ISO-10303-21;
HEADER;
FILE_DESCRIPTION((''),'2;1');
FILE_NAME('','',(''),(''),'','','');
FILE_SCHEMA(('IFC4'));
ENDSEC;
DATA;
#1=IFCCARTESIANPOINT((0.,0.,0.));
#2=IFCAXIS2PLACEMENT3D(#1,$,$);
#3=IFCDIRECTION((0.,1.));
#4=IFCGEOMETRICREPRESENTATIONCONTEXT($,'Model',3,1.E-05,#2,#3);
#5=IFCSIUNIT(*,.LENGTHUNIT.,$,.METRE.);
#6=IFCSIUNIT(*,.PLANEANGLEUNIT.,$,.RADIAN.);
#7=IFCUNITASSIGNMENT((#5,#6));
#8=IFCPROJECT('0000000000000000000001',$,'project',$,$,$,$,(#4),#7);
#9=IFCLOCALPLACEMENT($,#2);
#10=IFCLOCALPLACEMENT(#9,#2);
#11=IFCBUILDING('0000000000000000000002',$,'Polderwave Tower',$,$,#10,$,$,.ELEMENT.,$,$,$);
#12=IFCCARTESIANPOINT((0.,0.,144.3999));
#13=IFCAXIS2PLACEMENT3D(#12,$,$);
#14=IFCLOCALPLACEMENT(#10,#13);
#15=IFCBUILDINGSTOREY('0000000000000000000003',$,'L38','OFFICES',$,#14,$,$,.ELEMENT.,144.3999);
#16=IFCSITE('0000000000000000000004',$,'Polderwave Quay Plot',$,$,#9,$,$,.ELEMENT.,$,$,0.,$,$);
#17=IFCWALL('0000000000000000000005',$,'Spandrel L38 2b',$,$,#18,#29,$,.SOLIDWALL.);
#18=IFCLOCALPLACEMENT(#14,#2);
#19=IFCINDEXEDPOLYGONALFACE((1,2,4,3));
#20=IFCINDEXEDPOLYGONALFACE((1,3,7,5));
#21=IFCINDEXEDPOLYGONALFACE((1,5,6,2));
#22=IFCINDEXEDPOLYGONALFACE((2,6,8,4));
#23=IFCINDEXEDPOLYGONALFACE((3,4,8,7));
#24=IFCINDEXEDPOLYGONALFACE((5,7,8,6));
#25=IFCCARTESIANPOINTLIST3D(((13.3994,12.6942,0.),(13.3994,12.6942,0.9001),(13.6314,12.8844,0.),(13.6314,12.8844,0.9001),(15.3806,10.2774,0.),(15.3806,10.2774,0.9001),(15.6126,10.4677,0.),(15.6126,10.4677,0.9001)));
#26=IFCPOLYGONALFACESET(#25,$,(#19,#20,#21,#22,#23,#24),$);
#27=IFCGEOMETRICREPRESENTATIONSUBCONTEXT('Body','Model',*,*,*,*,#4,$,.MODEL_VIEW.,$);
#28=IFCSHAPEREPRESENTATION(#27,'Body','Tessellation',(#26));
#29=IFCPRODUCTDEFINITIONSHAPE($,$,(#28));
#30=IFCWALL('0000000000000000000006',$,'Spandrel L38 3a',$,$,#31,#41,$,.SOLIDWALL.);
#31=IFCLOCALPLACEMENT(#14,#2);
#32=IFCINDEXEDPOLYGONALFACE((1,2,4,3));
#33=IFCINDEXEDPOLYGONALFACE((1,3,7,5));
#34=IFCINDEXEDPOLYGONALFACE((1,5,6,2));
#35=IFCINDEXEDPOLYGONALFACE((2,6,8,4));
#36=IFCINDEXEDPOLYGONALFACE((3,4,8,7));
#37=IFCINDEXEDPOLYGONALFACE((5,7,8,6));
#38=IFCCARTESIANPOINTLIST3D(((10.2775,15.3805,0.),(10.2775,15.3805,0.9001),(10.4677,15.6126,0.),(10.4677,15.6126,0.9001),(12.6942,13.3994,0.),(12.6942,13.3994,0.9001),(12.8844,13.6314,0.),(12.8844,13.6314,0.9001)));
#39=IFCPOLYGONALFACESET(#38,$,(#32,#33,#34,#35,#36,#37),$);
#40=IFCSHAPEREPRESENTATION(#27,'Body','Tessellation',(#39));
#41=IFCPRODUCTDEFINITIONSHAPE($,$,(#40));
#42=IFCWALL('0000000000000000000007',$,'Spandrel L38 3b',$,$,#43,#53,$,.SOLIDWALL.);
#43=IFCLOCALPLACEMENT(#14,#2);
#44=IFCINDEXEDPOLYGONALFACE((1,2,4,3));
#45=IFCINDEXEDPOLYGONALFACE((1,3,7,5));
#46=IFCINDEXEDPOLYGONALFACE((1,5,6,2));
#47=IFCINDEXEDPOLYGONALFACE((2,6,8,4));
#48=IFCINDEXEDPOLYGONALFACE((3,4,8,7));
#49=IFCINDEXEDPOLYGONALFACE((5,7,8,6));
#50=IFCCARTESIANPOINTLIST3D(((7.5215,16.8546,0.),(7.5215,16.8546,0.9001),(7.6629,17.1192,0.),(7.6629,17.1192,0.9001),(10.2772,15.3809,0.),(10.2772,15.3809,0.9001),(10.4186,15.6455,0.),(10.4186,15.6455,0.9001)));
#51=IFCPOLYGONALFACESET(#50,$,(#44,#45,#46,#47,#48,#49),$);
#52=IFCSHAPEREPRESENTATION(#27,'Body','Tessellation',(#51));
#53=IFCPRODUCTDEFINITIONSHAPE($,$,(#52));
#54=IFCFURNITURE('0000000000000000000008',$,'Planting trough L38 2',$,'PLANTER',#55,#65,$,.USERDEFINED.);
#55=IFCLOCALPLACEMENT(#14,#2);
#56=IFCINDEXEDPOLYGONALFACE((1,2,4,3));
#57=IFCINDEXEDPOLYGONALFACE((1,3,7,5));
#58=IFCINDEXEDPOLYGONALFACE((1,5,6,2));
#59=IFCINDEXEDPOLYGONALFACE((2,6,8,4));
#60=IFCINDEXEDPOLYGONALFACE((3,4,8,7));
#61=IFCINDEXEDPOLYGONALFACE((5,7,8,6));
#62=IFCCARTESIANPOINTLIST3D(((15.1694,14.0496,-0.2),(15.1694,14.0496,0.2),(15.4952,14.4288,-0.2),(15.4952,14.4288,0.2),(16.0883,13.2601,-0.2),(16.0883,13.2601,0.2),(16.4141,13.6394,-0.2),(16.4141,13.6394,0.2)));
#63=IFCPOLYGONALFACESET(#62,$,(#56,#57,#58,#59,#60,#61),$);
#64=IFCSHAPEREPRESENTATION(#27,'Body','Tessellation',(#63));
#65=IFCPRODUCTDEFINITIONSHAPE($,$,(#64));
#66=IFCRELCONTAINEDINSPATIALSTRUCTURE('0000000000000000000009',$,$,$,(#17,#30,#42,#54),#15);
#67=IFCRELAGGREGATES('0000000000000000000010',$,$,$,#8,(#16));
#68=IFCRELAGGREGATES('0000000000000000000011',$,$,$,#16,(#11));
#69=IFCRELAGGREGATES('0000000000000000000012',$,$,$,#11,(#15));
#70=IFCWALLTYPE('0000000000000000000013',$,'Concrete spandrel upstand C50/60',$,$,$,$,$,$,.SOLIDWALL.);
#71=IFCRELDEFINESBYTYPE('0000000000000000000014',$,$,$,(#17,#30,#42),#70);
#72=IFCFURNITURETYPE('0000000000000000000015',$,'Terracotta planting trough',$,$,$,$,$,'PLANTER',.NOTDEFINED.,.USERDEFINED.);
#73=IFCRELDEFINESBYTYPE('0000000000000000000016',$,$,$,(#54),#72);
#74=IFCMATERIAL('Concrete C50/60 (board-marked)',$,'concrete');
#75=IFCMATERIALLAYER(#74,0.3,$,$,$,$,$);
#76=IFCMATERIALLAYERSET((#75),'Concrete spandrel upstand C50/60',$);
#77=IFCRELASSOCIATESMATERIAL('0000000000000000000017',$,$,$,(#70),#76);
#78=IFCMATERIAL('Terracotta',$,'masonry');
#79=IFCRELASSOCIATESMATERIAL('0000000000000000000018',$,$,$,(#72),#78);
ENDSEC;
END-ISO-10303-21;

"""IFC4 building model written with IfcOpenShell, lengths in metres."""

from ifc_helpers import new_model, si_unit, direction, frame, frame_2d, origin, origin_2d, place, context, subcontext, project, spatial, rectangle, extrude, material, layer, layer_set, type_object, element, save


model = new_model("IFC4")

# Units and contexts
model_context = context("Model", 3, precision=1e-05, world=origin(), true_north=direction((0.0, 1.0)))
body_context = subcontext(model_context, "Body", "Model", "MODEL_VIEW")
ifc_project = project(units=[si_unit("LENGTHUNIT", "METRE"), si_unit("PLANEANGLEUNIT", "RADIAN")], contexts=[model_context])

# Site, building, storey
site_placement = place(None, origin())
site = spatial("IfcSite", under=ifc_project, at=site_placement, Name="Polderwave Quay Plot", CompositionType="ELEMENT", RefElevation=0.0)
building_placement = place(site_placement, origin())
building = spatial("IfcBuilding", under=site, at=building_placement, Name="Polderwave Tower", CompositionType="ELEMENT")
storey_placement = place(building_placement, frame((0.0, 0.0, 144.3999)))
storey = spatial("IfcBuildingStorey", under=building, at=storey_placement, Name="L38", Description="OFFICES", CompositionType="ELEMENT", Elevation=144.3999)

# Walls
ifc_material_1 = material(Name="Concrete C50/60 (board-marked)", Category="concrete")
ifc_layer_1 = layer(ifc_material_1, 0.3)
ifc_layer_set_1 = layer_set([ifc_layer_1], Name="Concrete spandrel upstand C50/60")
wall_type = type_object("IfcWallType", Name="Concrete spandrel upstand C50/60", PredefinedType="SOLIDWALL", material=ifc_layer_set_1)
for number, where, z_axis, x_axis, name in (
    (1, (15.4966, 10.3726, 0.0), (0.0, 0.0, 1.0), (-0.633978, 0.773351, 0.0), "Spandrel L38 2b"),
    (2, (12.7893, 13.5154, 0.0), (0.0, 0.0, 1.0), (-0.773351, 0.633978, 0.0), "Spandrel L38 3a"),
    (3, (10.3479, 15.5132, 0.0), (0.0, 0.0, 1.0), (-0.881825, 0.471577, 0.0), "Spandrel L38 3b"),
):
    element("IfcWall", number, at=place(storey_placement, frame(where, z_axis=z_axis, x_axis=x_axis)), inside=storey, type_object=wall_type, Name=name, PredefinedType="SOLIDWALL", context=body_context, shape_type="SweptSolid", body=[
        extrude(rectangle(XDim=3.125, YDim=0.3, at=frame_2d((1.5625, 0.0))), origin(), (0.0, 0.0, 1.0), 0.9001),
    ])

# Furniture
ifc_material_2 = material(Name="Terracotta", Category="masonry")
furniture_type = type_object("IfcFurnitureType", Name="Terracotta planting trough", ElementType="PLANTER", AssemblyPlace="NOTDEFINED", PredefinedType="USERDEFINED", material=ifc_material_2)
furniture_placement = place(storey_placement, frame((15.7917, 13.8445, -0.2), z_axis=(0.0, 0.0, 1.0), x_axis=(-0.758502, 0.651671, 0.0)))
element("IfcFurniture", 4, at=furniture_placement, inside=storey, type_object=furniture_type, Name="Planting trough L38 2", ObjectType="PLANTER", PredefinedType="USERDEFINED", context=body_context, shape_type="SweptSolid", body=[
    extrude(rectangle(XDim=1.2114, YDim=0.5, at=origin_2d()), origin(), (0.0, 0.0, 1.0), 0.3999),
])

save(model, "model.ifc")
